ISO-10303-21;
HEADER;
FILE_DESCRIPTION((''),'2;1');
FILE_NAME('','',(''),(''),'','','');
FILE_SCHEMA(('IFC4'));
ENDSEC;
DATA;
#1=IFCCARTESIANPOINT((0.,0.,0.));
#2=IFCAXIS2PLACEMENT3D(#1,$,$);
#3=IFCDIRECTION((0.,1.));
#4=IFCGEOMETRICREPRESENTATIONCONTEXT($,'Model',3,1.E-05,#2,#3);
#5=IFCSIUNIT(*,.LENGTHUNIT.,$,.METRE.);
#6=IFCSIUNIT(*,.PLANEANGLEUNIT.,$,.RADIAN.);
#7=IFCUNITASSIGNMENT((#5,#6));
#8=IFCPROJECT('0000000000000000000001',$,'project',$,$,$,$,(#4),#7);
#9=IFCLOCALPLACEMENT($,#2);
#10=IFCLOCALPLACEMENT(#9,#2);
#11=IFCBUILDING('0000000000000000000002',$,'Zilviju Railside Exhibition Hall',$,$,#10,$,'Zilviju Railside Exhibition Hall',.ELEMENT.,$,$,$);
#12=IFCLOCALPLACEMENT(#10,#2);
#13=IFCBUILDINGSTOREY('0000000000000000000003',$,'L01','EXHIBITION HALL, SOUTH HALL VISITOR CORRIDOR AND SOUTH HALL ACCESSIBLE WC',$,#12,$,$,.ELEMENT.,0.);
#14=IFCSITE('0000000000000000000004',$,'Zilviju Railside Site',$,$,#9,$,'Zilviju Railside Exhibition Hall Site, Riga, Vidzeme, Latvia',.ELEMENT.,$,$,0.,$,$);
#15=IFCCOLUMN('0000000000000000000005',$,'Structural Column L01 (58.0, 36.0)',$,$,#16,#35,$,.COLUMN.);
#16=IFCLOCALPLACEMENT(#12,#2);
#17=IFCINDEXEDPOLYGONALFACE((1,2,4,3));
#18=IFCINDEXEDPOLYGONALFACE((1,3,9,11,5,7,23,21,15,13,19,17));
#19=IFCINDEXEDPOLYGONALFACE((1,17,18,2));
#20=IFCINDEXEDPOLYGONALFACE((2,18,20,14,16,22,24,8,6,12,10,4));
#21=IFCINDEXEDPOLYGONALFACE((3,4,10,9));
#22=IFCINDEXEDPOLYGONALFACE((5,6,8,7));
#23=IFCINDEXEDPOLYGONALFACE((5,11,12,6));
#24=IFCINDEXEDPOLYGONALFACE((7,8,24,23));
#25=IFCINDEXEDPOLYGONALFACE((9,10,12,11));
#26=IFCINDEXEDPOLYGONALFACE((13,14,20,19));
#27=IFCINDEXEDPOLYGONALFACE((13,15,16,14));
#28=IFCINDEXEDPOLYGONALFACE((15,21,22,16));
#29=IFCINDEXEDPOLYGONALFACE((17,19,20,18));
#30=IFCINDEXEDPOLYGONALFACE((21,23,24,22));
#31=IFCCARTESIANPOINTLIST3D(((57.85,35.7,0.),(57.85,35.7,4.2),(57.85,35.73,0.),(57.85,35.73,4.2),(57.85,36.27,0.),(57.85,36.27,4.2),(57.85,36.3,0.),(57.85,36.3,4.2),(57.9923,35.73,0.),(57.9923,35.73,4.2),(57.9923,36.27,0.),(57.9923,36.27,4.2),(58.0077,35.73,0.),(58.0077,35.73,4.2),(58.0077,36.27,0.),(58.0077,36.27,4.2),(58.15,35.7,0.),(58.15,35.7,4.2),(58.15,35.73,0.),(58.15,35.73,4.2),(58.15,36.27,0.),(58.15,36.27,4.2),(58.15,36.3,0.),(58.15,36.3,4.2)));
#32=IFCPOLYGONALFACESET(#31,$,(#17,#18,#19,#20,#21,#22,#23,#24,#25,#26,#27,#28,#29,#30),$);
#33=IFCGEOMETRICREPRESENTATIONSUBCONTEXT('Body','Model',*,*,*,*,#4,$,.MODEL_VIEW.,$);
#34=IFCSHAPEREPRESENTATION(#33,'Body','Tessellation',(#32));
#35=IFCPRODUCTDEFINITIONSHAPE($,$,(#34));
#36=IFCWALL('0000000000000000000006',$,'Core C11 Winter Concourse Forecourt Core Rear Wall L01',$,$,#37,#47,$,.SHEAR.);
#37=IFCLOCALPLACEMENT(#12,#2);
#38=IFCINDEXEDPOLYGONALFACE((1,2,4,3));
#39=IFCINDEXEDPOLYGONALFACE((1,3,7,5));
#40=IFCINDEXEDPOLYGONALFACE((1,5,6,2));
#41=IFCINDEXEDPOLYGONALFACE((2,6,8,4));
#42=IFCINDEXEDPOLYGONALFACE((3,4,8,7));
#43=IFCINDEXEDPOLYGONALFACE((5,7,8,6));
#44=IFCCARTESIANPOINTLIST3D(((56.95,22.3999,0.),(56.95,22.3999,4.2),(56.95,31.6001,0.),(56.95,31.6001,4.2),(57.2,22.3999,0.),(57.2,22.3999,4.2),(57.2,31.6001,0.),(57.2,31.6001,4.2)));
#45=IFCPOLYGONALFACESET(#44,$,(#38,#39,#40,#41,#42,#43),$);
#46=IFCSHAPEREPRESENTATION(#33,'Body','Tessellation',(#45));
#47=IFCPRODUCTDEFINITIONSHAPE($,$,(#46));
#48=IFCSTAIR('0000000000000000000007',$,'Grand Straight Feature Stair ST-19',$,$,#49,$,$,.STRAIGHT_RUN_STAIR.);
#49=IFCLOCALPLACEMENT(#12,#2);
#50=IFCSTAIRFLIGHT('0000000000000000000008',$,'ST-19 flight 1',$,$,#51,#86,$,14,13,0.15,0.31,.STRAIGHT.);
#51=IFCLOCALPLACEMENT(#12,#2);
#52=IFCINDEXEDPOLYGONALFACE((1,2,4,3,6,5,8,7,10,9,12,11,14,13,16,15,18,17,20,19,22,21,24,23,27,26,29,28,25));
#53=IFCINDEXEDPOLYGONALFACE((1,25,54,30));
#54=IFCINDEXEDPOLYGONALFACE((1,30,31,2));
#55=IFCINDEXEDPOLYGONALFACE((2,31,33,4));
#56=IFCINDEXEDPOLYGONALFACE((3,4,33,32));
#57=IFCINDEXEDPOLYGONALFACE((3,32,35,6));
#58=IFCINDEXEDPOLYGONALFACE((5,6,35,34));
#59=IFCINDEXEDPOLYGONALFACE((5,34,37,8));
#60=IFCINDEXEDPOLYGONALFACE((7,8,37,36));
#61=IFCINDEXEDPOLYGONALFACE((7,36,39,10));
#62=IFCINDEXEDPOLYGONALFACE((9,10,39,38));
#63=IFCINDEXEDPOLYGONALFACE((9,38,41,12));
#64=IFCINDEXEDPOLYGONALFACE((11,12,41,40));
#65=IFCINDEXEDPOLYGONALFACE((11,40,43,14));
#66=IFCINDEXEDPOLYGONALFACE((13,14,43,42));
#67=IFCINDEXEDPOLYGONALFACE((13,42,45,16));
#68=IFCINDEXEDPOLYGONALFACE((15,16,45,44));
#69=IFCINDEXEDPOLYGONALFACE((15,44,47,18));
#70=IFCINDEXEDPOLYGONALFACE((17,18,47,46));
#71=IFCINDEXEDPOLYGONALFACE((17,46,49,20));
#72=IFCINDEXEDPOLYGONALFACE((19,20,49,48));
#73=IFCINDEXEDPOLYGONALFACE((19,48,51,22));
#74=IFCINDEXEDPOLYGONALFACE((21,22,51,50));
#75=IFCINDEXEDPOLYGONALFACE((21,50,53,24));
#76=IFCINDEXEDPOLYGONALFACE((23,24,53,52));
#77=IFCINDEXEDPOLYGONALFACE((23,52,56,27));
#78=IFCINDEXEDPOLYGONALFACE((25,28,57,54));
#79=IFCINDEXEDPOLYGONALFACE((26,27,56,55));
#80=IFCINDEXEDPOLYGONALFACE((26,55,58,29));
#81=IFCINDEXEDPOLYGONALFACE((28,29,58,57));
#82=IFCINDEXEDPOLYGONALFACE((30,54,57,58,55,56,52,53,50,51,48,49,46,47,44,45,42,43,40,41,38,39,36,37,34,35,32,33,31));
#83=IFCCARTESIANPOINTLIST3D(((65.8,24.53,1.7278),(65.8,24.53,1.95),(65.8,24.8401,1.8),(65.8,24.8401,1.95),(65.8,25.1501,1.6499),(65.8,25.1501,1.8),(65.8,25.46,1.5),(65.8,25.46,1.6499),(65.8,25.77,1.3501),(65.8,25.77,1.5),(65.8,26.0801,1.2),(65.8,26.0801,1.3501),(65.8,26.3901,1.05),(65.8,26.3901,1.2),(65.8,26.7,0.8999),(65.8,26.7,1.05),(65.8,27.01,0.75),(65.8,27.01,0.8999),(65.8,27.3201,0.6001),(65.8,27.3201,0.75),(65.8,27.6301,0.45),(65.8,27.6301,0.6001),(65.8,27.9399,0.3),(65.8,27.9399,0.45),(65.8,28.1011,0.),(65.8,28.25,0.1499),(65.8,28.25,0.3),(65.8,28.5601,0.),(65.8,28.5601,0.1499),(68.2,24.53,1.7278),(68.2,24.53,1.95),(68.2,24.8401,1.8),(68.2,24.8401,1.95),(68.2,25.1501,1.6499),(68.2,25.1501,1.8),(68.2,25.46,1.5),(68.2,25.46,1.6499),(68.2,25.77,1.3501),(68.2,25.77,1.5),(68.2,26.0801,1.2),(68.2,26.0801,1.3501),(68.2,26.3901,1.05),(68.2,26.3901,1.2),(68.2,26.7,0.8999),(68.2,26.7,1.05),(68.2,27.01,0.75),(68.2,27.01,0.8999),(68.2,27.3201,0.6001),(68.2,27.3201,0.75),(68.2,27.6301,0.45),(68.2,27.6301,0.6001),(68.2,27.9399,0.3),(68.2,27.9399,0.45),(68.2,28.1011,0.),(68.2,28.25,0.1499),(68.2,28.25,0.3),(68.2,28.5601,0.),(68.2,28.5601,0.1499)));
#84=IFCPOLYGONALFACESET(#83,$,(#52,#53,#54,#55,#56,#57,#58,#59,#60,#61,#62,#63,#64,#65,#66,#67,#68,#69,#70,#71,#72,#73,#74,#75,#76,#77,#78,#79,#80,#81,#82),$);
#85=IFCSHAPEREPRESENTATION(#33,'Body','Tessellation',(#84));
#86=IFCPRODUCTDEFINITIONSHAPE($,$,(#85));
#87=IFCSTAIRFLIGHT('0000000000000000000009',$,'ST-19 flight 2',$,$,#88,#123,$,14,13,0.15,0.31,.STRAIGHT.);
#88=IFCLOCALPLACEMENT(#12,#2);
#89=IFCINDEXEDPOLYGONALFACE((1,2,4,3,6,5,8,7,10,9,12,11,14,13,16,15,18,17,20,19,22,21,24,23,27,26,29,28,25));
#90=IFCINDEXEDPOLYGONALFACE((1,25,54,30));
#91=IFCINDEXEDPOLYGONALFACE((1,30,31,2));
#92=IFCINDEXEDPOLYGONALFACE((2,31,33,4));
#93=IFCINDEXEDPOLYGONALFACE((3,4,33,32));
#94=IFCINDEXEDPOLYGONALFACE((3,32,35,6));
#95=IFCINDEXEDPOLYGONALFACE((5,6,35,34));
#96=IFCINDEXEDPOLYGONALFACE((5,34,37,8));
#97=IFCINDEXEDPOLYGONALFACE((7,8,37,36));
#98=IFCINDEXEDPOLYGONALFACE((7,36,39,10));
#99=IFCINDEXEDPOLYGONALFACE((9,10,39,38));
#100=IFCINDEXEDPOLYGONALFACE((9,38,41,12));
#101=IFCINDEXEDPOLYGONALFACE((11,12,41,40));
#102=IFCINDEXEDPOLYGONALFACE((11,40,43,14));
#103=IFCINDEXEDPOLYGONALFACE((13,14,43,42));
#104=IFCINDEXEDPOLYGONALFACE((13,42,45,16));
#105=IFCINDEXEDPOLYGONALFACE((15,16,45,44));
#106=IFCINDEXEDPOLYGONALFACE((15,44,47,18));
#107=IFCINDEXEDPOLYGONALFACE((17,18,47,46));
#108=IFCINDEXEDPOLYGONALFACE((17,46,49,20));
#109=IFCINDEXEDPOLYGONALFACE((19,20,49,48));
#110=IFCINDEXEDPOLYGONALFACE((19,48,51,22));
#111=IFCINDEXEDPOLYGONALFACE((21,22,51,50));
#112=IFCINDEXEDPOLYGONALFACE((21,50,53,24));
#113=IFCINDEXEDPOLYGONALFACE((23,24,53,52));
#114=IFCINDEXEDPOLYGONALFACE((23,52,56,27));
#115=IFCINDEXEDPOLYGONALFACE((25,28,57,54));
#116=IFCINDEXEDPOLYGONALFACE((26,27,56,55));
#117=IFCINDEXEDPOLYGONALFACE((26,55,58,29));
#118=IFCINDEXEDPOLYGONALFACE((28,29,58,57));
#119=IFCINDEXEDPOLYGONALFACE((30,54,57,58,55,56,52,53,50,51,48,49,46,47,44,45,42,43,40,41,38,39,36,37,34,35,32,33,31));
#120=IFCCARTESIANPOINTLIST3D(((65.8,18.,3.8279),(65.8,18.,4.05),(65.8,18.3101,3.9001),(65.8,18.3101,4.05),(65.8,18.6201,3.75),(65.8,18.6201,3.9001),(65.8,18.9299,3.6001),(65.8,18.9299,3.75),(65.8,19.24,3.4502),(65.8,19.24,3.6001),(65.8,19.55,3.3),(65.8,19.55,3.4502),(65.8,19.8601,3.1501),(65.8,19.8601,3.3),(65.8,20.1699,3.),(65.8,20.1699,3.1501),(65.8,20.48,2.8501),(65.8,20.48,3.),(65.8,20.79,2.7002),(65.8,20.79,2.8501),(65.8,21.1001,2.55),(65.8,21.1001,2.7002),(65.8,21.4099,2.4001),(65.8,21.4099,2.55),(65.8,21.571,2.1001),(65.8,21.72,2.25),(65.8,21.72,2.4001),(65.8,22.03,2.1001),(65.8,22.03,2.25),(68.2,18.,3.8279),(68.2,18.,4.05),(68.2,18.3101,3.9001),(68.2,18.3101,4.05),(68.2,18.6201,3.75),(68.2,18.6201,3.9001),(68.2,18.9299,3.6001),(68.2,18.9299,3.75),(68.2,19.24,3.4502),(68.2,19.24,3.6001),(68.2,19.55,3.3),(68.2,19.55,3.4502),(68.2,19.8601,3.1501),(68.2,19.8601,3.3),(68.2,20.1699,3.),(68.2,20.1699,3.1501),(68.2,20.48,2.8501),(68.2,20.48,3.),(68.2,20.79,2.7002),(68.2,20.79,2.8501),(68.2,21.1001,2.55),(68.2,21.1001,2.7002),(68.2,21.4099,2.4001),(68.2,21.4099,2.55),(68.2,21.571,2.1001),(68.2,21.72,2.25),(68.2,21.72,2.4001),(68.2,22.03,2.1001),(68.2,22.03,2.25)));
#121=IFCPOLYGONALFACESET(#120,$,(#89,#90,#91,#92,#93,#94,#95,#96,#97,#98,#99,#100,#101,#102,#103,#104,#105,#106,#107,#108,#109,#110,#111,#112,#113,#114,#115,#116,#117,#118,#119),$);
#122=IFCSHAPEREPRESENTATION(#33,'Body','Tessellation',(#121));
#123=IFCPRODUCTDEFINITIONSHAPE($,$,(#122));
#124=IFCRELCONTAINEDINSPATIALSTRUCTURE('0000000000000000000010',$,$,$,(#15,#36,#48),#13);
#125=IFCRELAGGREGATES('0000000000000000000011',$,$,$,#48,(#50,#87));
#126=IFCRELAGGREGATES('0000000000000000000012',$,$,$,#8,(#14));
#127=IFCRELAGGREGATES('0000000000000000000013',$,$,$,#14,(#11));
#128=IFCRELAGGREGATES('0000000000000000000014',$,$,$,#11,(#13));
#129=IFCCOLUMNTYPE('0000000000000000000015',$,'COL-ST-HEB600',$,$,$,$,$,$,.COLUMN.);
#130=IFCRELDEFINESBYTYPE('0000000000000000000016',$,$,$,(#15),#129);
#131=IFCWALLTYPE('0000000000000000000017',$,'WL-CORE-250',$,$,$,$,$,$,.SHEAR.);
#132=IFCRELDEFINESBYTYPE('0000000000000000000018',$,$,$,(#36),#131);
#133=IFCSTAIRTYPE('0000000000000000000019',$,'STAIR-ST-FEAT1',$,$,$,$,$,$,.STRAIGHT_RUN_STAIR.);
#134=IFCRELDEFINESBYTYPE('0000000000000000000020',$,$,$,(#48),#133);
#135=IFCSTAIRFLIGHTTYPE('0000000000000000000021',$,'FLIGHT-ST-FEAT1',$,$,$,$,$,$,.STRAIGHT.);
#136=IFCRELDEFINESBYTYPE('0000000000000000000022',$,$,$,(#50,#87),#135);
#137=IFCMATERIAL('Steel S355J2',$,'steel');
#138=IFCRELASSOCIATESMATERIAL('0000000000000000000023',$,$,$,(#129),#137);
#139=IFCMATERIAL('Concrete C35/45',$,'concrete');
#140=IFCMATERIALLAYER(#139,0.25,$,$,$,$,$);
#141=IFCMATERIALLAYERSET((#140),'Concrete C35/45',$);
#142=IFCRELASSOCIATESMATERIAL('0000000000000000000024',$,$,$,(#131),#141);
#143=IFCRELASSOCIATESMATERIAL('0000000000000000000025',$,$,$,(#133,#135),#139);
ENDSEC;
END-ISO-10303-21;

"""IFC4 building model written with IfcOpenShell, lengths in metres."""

from ifc_helpers import new_model, si_unit, direction, frame, frame_2d, origin, origin_2d, place, context, subcontext, project, spatial, polyline, rectangle, i_section, outline, extrude, material, layer, layer_set, material_profile, profile_set, type_object, element, aggregate, save


model = new_model("IFC4")

# Units and contexts
model_context = context("Model", 3, precision=1e-05, world=origin(), true_north=direction((0.0, 1.0)))
body_context = subcontext(model_context, "Body", "Model", "MODEL_VIEW")
ifc_project = project(units=[si_unit("LENGTHUNIT", "METRE"), si_unit("PLANEANGLEUNIT", "RADIAN")], contexts=[model_context])

# Site, building, storey
site_placement = place(None, origin())
site = spatial("IfcSite", under=ifc_project, at=site_placement, Name="Zilviju Railside Site", LongName="Zilviju Railside Exhibition Hall Site, Riga, Vidzeme, Latvia", CompositionType="ELEMENT", RefElevation=0.0)
building_placement = place(site_placement, origin())
building = spatial("IfcBuilding", under=site, at=building_placement, Name="Zilviju Railside Exhibition Hall", LongName="Zilviju Railside Exhibition Hall", CompositionType="ELEMENT")
storey_placement = place(building_placement, origin())
storey = spatial("IfcBuildingStorey", under=building, at=storey_placement, Name="L01", Description="EXHIBITION HALL, SOUTH HALL VISITOR CORRIDOR AND SOUTH HALL ACCESSIBLE WC", CompositionType="ELEMENT", Elevation=0.0)

# Shared definitions
ifc_material_1 = material(Name="Concrete C35/45", Category="concrete")

# Column
ifc_material_2 = material(Name="Steel S355J2", Category="steel")
ifc_material_profile_1 = material_profile(ifc_material_2, i_section(OverallWidth=0.3, OverallDepth=0.6001, WebThickness=0.0154, FlangeThickness=0.03, at=origin_2d()), Name="HEB 600")
ifc_profile_set_1 = profile_set([ifc_material_profile_1], Name="Steel S355J2")
column_type_1 = type_object("IfcColumnType", Name="COL-ST-HEB600", PredefinedType="COLUMN", material=ifc_profile_set_1)
for number, where, z_axis, x_axis, name in (
    (1, (58.0, 36.0, 0.0), (0.0, 0.0, 1.0), (1.0, 0.0, 0.0), "Structural Column L01 (58.0, 36.0)"),
):
    element("IfcColumn", number, at=place(storey_placement, frame(where, z_axis=z_axis, x_axis=x_axis)), inside=storey, type_object=column_type_1, Name=name, PredefinedType="COLUMN", context=body_context, shape_type="SweptSolid", body=[
        extrude(i_section(OverallWidth=0.3, OverallDepth=0.6001, WebThickness=0.0154, FlangeThickness=0.03, at=origin_2d()), origin(), (0.0, 0.0, 1.0), 4.2),
    ])

# Wall
ifc_layer = layer(ifc_material_1, 0.25)
ifc_layer_set = layer_set([ifc_layer], Name="Concrete C35/45")
wall_type = type_object("IfcWallType", Name="WL-CORE-250", PredefinedType="SHEAR", material=ifc_layer_set)
wall_placement = place(storey_placement, frame((57.075, 22.3999, 0.0), z_axis=(0.0, 0.0, 1.0), x_axis=(0.0, 1.0, 0.0)))
element("IfcWall", 2, at=wall_placement, inside=storey, type_object=wall_type, Name="Core C11 Winter Concourse Forecourt Core Rear Wall L01", PredefinedType="SHEAR", context=body_context, shape_type="SweptSolid", body=[
    extrude(rectangle(XDim=9.2002, YDim=0.25, at=frame_2d((4.6001, 0.0))), origin(), (0.0, 0.0, 1.0), 4.2),
])

# Stair, stair flights
stair_type = type_object("IfcStairType", Name="STAIR-ST-FEAT1", PredefinedType="STRAIGHT_RUN_STAIR", material=ifc_material_1)
stair_placement = place(storey_placement, origin())
stair = element("IfcStair", 3, at=stair_placement, inside=storey, type_object=stair_type, Name="Grand Straight Feature Stair ST-19", PredefinedType="STRAIGHT_RUN_STAIR")
stair_flight_type = type_object("IfcStairFlightType", Name="FLIGHT-ST-FEAT1", PredefinedType="STRAIGHT", material=ifc_material_1)
stair_flight_1_placement = place(storey_placement, frame((67.0, 28.5601, 0.0), z_axis=(0.0, 0.0, 1.0), x_axis=(0.0, -1.0, 0.0)))
stair_flight_1 = element("IfcStairFlight", 4, at=stair_flight_1_placement, type_object=stair_flight_type, Name="ST-19 flight 1", NumberOfRisers=14, NumberOfTreads=13, PredefinedType="STRAIGHT", RiserHeight=0.15, TreadLength=0.31, context=body_context, shape_type="SweptSolid", body=[
    extrude(outline(polyline([(0.0, 0.0), (0.0, 0.1499), (0.3101, 0.1499), (0.3101, 0.3), (0.6201, 0.3), (0.6201, 0.45), (0.9299, 0.45), (0.9299, 0.6001), (1.24, 0.6001), (1.24, 0.75), (1.55, 0.75), (1.55, 0.8999), (1.8601, 0.8999), (1.8601, 1.05), (2.1699, 1.05), (2.1699, 1.2), (2.48, 1.2), (2.48, 1.3501), (2.79, 1.3501), (2.79, 1.5), (3.1001, 1.5), (3.1001, 1.6499), (3.4099, 1.6499), (3.4099, 1.8), (3.72, 1.8), (3.72, 1.95), (4.03, 1.95), (4.03, 2.1001), (4.03, 1.7278), (0.459, 0.0), (0.0, 0.0)])), frame((0.0, 1.2, 0.0), z_axis=(0.0, -1.0, 0.0), x_axis=(1.0, 0.0, 0.0)), (0.0, 0.0, 1.0), 2.3999),
])
stair_flight_2_placement = place(storey_placement, frame((67.0, 22.03, 2.1001), z_axis=(0.0, 0.0, 1.0), x_axis=(0.0, -1.0, 0.0)))
stair_flight_2 = element("IfcStairFlight", 5, at=stair_flight_2_placement, type_object=stair_flight_type, Name="ST-19 flight 2", NumberOfRisers=14, NumberOfTreads=13, PredefinedType="STRAIGHT", RiserHeight=0.15, TreadLength=0.31, context=body_context, shape_type="SweptSolid", body=[
    extrude(outline(polyline([(0.0, 0.0), (0.0, 0.1499), (0.3101, 0.1499), (0.3101, 0.3), (0.6201, 0.3), (0.6201, 0.45), (0.9299, 0.45), (0.9299, 0.6001), (1.24, 0.6001), (1.24, 0.75), (1.55, 0.75), (1.55, 0.8999), (1.8601, 0.8999), (1.8601, 1.05), (2.1699, 1.05), (2.1699, 1.2), (2.48, 1.2), (2.48, 1.3501), (2.79, 1.3501), (2.79, 1.5), (3.1001, 1.5), (3.1001, 1.6499), (3.4099, 1.6499), (3.4099, 1.8), (3.72, 1.8), (3.72, 1.95), (4.03, 1.95), (4.03, 2.1001), (4.03, 1.7278), (0.459, 0.0), (0.0, 0.0)])), frame((0.0, 1.2, 0.0), z_axis=(0.0, -1.0, 0.0), x_axis=(1.0, 0.0, 0.0)), (0.0, 0.0, 1.0), 2.3999),
])
aggregate(stair, [stair_flight_1, stair_flight_2])

save(model, "model.ifc")
